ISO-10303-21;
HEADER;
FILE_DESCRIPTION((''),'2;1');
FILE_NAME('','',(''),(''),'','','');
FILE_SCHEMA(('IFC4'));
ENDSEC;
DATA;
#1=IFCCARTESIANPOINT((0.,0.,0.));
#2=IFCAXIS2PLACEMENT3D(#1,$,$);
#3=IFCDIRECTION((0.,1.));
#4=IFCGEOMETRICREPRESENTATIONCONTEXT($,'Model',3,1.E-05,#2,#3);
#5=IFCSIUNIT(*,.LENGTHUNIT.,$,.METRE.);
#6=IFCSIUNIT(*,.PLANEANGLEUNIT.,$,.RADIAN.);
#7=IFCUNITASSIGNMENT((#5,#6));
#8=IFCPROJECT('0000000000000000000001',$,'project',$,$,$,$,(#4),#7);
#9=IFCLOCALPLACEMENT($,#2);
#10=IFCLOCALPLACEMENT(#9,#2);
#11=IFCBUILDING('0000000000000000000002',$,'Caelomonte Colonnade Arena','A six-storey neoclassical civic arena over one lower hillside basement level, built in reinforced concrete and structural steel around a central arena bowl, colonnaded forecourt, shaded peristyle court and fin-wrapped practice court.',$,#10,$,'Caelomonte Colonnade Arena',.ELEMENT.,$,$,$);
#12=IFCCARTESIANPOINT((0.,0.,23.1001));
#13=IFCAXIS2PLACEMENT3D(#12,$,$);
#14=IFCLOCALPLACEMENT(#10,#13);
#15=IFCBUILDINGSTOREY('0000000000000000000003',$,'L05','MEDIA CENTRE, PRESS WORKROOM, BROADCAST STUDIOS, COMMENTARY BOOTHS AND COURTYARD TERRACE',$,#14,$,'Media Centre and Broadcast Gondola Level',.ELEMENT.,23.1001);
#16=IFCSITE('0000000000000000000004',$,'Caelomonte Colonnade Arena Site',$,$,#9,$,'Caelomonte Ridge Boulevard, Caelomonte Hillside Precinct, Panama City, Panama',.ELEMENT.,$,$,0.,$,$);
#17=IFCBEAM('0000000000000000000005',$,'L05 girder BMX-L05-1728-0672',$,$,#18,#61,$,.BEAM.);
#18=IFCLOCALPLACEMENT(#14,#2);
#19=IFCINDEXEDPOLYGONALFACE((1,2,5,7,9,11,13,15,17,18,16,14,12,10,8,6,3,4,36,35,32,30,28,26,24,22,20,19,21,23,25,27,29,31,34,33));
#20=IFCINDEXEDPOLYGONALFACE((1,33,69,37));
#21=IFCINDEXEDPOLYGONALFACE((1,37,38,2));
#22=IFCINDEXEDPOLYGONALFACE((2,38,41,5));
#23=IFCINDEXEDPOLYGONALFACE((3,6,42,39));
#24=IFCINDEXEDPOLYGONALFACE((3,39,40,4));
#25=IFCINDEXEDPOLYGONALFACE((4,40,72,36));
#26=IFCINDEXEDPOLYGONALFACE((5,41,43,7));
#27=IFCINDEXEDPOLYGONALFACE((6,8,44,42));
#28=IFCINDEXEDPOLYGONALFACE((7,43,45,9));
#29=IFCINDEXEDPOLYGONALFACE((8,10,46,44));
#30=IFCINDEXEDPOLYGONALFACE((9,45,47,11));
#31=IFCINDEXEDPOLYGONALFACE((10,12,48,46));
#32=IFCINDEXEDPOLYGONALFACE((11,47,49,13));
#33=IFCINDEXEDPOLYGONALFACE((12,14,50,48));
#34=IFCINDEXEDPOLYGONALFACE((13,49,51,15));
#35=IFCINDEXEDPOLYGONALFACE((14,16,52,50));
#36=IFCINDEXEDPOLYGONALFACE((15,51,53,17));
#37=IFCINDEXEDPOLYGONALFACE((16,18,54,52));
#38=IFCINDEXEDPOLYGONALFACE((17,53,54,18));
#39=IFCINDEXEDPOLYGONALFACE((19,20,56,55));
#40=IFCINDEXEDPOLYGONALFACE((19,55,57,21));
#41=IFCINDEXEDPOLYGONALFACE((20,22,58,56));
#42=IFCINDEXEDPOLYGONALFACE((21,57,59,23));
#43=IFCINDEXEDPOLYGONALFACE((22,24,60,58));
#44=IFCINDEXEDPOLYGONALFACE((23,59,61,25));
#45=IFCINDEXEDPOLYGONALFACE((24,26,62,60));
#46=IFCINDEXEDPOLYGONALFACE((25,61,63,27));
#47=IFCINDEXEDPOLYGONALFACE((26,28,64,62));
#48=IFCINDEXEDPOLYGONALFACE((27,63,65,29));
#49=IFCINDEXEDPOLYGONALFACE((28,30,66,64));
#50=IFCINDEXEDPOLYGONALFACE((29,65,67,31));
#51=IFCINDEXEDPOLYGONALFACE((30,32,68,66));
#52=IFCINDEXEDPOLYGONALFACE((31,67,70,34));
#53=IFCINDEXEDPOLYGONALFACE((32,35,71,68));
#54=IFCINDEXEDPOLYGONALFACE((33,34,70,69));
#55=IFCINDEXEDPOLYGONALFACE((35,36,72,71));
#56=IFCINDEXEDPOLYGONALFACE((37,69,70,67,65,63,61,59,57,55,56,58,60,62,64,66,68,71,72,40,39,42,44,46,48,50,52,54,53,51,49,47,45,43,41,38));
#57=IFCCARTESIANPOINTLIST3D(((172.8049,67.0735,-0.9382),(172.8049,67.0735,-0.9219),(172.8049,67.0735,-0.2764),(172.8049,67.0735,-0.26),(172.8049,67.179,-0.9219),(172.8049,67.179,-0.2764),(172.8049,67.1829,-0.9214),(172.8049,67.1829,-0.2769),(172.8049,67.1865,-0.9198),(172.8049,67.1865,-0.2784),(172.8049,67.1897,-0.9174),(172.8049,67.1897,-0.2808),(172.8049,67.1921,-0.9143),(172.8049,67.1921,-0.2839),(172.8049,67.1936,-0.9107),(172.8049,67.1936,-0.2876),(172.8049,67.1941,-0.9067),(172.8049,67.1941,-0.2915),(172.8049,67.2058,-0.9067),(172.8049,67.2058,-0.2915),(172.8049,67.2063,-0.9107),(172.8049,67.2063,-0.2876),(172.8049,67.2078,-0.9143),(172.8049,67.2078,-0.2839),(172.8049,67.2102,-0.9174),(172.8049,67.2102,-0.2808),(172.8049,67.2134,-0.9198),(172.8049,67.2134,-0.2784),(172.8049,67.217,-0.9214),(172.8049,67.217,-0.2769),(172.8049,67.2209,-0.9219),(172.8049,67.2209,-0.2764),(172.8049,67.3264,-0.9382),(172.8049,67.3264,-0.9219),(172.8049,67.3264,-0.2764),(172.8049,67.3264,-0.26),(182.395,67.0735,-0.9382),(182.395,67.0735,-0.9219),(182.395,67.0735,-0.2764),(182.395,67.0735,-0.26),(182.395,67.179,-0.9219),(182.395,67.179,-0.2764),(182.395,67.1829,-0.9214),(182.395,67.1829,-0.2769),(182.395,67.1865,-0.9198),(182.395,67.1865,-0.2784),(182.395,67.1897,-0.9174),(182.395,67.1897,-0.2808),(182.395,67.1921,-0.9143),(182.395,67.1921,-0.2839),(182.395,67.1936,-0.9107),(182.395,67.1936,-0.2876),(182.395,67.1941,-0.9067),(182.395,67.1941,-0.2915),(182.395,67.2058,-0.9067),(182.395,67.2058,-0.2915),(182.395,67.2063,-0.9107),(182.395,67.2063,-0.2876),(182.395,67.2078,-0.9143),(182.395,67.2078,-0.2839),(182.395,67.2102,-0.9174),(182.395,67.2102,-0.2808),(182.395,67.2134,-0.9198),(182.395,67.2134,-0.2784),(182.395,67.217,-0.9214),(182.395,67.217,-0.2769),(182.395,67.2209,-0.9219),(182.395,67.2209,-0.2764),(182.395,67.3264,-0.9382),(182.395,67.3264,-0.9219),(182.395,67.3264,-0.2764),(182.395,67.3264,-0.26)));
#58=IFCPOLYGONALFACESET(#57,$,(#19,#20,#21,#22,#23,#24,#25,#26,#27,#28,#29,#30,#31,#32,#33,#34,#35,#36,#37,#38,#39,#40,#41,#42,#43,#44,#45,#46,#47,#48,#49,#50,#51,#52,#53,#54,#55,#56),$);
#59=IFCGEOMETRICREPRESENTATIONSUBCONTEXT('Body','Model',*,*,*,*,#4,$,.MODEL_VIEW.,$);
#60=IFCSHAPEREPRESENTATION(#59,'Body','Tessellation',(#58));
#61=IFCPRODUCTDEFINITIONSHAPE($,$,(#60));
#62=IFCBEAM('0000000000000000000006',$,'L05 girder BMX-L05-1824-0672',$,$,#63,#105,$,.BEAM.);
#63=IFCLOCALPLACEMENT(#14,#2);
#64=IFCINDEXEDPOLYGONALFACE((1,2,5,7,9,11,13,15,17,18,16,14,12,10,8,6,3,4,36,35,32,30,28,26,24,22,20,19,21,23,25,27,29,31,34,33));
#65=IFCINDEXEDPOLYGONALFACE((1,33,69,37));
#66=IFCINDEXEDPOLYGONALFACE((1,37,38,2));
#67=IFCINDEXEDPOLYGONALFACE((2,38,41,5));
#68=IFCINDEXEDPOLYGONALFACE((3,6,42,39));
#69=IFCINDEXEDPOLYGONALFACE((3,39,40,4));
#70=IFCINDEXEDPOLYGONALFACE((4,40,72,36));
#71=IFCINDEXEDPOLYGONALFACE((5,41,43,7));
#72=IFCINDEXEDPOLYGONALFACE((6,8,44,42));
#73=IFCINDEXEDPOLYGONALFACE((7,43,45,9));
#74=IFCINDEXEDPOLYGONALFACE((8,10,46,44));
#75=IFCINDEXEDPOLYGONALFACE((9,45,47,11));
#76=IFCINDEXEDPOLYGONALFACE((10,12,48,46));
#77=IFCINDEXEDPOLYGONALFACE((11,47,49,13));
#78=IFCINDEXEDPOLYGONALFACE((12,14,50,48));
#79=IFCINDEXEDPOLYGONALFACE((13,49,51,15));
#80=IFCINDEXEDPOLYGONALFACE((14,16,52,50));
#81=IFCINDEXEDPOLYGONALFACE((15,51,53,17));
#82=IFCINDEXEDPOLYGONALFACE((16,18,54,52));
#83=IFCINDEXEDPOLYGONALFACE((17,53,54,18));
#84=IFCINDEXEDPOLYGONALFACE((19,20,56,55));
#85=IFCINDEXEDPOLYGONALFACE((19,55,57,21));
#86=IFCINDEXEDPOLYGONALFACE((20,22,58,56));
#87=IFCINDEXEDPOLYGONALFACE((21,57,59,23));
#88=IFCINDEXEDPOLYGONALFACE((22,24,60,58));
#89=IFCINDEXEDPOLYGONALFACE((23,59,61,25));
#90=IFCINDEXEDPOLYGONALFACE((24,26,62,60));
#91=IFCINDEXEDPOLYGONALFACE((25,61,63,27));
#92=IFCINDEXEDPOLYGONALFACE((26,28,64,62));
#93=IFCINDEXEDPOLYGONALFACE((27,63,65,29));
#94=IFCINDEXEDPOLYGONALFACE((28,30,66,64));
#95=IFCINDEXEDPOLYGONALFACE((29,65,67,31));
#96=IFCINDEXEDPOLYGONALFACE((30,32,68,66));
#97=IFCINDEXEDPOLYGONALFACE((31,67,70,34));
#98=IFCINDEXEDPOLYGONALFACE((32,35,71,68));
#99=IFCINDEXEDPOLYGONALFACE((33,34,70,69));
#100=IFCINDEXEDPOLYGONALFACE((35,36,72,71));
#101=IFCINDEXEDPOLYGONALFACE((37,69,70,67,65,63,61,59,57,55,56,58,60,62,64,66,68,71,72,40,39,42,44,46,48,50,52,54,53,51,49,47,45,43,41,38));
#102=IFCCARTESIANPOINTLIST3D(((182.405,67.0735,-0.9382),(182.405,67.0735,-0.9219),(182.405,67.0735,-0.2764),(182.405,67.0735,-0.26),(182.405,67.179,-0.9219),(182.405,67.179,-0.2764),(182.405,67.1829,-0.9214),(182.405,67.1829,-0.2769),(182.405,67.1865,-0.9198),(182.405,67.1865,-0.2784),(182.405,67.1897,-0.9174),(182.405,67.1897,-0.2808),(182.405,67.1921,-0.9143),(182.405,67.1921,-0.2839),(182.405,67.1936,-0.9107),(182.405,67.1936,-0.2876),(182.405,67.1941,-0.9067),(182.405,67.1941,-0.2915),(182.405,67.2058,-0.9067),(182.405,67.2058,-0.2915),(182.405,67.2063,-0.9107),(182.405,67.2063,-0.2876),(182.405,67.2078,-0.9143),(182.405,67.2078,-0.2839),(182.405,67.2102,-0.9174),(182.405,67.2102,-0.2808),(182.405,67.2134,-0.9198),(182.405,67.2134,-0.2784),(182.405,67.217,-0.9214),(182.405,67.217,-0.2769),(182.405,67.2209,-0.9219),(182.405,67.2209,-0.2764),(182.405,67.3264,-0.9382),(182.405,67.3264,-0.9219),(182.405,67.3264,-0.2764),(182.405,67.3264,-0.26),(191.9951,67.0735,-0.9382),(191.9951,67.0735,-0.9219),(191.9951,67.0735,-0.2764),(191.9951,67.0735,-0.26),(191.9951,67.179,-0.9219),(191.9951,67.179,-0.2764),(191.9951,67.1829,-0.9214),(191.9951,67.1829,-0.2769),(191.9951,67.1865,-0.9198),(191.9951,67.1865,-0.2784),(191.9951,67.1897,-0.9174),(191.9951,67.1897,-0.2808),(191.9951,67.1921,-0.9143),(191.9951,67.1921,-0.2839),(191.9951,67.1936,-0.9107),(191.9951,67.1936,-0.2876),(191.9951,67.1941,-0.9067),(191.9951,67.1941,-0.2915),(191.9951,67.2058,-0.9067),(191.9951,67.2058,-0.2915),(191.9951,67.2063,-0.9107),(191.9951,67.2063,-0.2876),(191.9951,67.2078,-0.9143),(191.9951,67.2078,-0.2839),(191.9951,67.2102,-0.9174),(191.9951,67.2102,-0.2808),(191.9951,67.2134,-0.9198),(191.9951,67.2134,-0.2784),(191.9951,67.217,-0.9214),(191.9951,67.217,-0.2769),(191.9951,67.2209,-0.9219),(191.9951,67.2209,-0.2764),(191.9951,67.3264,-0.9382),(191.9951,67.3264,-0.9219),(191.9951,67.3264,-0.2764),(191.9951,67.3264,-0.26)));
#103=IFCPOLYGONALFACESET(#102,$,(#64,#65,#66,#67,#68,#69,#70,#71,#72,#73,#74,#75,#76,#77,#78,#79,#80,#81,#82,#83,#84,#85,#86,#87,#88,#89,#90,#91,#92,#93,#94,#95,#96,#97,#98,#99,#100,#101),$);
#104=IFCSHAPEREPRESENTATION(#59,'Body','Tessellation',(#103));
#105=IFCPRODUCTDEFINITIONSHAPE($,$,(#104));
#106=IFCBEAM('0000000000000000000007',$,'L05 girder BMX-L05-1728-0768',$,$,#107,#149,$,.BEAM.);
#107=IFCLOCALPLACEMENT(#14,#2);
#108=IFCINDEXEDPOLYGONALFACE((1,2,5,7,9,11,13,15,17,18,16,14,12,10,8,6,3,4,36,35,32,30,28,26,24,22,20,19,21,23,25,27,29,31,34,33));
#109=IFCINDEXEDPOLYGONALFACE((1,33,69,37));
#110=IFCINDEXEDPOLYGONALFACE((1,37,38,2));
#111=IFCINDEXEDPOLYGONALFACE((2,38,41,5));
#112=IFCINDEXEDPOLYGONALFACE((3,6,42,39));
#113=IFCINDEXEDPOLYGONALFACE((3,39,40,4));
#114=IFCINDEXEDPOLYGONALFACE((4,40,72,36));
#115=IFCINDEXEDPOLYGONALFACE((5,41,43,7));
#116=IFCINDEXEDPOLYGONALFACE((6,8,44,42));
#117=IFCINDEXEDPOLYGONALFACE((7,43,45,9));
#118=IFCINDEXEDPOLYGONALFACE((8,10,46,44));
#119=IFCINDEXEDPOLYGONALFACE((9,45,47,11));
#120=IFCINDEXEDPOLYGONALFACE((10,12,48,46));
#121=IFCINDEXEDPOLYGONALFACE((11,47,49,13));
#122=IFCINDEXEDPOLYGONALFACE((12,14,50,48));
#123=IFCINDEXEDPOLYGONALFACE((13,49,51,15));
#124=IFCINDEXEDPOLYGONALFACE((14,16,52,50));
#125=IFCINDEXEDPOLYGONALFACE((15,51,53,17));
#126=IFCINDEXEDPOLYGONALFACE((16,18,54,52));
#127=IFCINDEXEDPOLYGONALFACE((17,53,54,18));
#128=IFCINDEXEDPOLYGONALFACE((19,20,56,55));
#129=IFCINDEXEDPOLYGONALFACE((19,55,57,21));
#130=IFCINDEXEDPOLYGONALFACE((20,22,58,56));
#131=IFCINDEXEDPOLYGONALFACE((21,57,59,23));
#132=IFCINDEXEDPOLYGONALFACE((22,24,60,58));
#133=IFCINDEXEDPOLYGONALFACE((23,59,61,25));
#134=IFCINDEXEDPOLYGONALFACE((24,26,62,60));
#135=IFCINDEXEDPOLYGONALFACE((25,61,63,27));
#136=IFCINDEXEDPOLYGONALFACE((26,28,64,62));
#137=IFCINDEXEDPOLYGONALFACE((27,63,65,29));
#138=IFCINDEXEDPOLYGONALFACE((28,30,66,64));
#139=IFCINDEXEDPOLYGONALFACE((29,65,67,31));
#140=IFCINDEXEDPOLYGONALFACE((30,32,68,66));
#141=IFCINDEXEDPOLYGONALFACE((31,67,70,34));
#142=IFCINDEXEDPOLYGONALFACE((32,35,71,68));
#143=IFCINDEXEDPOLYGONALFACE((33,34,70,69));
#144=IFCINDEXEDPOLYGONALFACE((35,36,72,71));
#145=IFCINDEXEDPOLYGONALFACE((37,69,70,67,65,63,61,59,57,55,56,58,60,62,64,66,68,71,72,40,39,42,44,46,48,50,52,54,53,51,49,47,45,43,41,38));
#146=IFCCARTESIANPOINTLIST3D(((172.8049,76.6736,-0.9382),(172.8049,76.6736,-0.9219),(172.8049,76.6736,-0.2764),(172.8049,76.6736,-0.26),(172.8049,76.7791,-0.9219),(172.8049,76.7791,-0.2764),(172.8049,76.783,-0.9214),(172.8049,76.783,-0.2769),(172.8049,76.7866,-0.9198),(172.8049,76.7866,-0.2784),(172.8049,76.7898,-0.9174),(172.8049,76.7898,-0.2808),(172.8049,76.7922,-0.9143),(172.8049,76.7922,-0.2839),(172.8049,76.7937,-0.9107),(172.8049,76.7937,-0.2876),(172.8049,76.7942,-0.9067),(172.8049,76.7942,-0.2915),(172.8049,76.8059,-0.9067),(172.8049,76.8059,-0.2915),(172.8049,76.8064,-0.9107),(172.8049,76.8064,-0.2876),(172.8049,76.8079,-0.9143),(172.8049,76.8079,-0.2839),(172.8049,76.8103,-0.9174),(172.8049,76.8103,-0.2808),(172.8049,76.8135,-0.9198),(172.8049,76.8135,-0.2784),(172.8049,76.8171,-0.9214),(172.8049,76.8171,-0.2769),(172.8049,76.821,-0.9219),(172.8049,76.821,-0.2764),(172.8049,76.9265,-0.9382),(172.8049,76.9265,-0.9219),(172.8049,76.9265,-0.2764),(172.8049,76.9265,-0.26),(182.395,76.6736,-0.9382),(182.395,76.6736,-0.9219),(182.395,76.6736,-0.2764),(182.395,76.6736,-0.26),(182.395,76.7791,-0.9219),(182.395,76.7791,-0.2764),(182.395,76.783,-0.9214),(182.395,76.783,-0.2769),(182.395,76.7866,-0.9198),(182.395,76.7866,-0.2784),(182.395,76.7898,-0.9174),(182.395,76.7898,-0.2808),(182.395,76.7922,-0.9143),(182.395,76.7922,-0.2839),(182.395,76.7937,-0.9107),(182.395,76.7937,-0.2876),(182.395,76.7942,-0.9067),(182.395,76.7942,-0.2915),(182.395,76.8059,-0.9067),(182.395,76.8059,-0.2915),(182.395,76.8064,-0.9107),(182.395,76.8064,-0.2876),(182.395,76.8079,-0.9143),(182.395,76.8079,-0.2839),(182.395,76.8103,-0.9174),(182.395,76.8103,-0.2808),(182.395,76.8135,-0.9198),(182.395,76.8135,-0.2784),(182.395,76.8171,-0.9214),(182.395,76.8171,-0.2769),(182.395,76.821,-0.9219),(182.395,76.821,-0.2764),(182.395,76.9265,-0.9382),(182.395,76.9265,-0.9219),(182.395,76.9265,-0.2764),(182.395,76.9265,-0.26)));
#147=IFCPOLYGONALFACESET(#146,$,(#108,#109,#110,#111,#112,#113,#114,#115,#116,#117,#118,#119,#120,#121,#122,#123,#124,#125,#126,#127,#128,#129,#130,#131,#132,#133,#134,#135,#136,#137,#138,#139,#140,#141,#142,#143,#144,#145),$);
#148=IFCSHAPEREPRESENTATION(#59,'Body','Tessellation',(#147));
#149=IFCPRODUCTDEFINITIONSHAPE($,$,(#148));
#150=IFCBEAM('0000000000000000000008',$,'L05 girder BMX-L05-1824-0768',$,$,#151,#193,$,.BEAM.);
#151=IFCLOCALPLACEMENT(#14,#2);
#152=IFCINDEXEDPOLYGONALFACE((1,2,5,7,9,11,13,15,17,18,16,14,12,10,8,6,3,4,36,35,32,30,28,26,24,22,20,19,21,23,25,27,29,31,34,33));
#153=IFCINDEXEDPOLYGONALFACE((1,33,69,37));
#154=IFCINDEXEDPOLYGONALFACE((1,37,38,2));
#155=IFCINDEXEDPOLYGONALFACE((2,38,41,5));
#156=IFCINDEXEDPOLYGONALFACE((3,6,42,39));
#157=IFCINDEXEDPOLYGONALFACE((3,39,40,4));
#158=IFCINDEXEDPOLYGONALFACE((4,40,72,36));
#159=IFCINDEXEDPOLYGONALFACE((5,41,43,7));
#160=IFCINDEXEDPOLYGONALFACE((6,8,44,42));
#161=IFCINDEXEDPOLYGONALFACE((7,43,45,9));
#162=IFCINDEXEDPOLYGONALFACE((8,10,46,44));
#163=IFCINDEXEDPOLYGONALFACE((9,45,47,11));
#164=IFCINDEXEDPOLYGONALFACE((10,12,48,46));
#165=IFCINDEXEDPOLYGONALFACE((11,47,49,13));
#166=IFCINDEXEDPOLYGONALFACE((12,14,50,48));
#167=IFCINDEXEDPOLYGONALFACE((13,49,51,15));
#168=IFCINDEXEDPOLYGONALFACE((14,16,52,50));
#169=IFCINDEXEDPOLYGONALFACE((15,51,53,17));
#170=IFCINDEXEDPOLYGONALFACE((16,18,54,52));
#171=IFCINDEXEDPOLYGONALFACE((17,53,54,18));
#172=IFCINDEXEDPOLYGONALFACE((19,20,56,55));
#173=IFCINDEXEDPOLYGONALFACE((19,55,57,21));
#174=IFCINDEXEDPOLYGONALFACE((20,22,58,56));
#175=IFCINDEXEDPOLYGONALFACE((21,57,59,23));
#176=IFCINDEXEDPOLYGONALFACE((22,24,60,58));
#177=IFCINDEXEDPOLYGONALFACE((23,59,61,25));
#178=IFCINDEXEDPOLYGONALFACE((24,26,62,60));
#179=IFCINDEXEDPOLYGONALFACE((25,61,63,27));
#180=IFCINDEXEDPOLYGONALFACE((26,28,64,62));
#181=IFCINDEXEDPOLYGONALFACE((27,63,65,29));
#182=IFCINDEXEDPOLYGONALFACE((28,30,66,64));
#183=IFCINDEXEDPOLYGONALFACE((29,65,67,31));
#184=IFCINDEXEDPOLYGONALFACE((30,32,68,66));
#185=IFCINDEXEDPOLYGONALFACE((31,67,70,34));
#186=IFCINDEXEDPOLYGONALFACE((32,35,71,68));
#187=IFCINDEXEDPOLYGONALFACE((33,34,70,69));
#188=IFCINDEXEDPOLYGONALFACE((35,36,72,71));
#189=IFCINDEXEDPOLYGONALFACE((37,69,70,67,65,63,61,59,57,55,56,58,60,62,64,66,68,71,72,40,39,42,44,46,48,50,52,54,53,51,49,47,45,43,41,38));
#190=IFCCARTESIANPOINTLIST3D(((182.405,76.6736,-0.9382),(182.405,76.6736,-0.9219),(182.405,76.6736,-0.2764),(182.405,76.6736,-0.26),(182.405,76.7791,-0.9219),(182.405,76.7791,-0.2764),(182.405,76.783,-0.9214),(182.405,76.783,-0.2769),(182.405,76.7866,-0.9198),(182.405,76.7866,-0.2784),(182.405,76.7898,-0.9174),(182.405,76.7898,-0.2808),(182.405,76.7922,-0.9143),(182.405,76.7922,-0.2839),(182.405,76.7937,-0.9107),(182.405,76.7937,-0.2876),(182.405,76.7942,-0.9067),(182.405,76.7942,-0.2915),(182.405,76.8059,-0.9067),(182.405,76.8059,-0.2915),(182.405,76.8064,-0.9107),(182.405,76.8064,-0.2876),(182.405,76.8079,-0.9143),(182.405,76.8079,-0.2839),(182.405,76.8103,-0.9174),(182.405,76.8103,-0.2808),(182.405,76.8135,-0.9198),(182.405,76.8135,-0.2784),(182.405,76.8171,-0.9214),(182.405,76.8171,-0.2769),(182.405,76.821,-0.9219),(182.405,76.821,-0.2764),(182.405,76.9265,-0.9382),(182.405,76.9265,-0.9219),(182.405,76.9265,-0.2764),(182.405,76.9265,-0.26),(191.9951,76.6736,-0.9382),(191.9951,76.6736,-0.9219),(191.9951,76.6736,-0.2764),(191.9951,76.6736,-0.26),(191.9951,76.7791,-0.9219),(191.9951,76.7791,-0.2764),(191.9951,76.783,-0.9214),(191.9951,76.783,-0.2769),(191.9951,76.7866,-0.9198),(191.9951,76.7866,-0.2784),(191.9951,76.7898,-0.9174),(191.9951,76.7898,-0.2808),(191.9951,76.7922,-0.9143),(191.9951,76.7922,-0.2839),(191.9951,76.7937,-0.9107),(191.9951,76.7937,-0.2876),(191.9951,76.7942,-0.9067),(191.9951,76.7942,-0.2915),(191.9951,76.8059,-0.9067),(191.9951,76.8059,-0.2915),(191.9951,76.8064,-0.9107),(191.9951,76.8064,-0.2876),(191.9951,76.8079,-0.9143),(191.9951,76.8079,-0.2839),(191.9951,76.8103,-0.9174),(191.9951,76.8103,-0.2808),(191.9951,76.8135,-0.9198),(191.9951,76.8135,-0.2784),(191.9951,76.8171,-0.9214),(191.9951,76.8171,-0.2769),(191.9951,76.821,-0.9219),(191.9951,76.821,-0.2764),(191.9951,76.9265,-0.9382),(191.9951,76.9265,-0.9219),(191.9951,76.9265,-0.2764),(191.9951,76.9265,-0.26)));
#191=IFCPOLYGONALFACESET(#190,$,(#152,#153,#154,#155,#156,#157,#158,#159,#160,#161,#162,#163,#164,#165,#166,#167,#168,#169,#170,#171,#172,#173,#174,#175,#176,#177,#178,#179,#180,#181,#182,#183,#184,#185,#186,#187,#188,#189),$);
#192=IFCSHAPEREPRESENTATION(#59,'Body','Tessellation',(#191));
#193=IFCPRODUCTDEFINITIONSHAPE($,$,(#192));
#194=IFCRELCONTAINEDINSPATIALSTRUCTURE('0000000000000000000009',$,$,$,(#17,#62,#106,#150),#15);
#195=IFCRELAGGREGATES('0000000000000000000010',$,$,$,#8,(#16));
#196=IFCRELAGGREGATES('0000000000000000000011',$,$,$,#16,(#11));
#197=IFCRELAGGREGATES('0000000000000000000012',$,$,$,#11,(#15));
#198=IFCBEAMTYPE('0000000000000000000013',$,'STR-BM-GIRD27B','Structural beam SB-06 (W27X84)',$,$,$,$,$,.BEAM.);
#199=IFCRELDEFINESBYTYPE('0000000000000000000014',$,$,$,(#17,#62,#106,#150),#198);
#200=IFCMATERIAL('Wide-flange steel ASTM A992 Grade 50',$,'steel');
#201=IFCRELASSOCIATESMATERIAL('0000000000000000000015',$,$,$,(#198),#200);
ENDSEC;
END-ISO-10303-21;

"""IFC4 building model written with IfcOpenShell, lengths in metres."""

from ifc_helpers import new_model, si_unit, direction, frame, origin, origin_2d, place, context, subcontext, project, spatial, i_section, extrude, material, material_profile, profile_set, type_object, element, save


model = new_model("IFC4")

# Units and contexts
model_context = context("Model", 3, precision=1e-05, world=origin(), true_north=direction((0.0, 1.0)))
body_context = subcontext(model_context, "Body", "Model", "MODEL_VIEW")
ifc_project = project(units=[si_unit("LENGTHUNIT", "METRE"), si_unit("PLANEANGLEUNIT", "RADIAN")], contexts=[model_context])

# Site, building, storey
site_placement = place(None, origin())
site = spatial("IfcSite", under=ifc_project, at=site_placement, Name="Caelomonte Colonnade Arena Site", LongName="Caelomonte Ridge Boulevard, Caelomonte Hillside Precinct, Panama City, Panama", CompositionType="ELEMENT", RefElevation=0.0)
building_placement = place(site_placement, origin())
building = spatial("IfcBuilding", under=site, at=building_placement, Name="Caelomonte Colonnade Arena", Description="A six-storey neoclassical civic arena over one lower hillside basement level, built in reinforced concrete and structural steel around a central arena bowl, colonnaded forecourt, shaded peristyle court and fin-wrapped practice court.", LongName="Caelomonte Colonnade Arena", CompositionType="ELEMENT")
storey_placement = place(building_placement, frame((0.0, 0.0, 23.1001)))
storey = spatial("IfcBuildingStorey", under=building, at=storey_placement, Name="L05", Description="MEDIA CENTRE, PRESS WORKROOM, BROADCAST STUDIOS, COMMENTARY BOOTHS AND COURTYARD TERRACE", LongName="Media Centre and Broadcast Gondola Level", CompositionType="ELEMENT", Elevation=23.1001)

# Beams
ifc_material_1 = material(Name="Wide-flange steel ASTM A992 Grade 50", Category="steel")
ifc_material_profile_1 = material_profile(ifc_material_1, i_section(OverallWidth=0.2529, OverallDepth=0.6782, WebThickness=0.0117, FlangeThickness=0.0164, FilletRadius=0.0151, at=origin_2d()), Name="W27X84")
ifc_profile_set_1 = profile_set([ifc_material_profile_1], Name="Wide-flange steel ASTM A992 Grade 50")
beam_type_1 = type_object("IfcBeamType", Name="STR-BM-GIRD27B", Description="Structural beam SB-06 (W27X84)", PredefinedType="BEAM", material=ifc_profile_set_1)
for number, where, z_axis, x_axis, name in (
    (1, (172.8049, 67.2, -0.5991), (1.0, 0.0, 0.0), (0.0, 1.0, 0.0), "L05 girder BMX-L05-1728-0672"),
    (2, (182.405, 67.2, -0.5991), (1.0, 0.0, 0.0), (0.0, 1.0, 0.0), "L05 girder BMX-L05-1824-0672"),
    (3, (172.8049, 76.8, -0.5991), (1.0, 0.0, 0.0), (0.0, 1.0, 0.0), "L05 girder BMX-L05-1728-0768"),
    (4, (182.405, 76.8, -0.5991), (1.0, 0.0, 0.0), (0.0, 1.0, 0.0), "L05 girder BMX-L05-1824-0768"),
):
    element("IfcBeam", number, at=place(storey_placement, frame(where, z_axis=z_axis, x_axis=x_axis)), inside=storey, type_object=beam_type_1, Name=name, PredefinedType="BEAM", context=body_context, shape_type="SweptSolid", body=[
        extrude(i_section(OverallWidth=0.2529, OverallDepth=0.6782, WebThickness=0.0117, FlangeThickness=0.0164, FilletRadius=0.0151, at=origin_2d()), origin(), (0.0, 0.0, 1.0), 9.5901),
    ])

save(model, "model.ifc")
